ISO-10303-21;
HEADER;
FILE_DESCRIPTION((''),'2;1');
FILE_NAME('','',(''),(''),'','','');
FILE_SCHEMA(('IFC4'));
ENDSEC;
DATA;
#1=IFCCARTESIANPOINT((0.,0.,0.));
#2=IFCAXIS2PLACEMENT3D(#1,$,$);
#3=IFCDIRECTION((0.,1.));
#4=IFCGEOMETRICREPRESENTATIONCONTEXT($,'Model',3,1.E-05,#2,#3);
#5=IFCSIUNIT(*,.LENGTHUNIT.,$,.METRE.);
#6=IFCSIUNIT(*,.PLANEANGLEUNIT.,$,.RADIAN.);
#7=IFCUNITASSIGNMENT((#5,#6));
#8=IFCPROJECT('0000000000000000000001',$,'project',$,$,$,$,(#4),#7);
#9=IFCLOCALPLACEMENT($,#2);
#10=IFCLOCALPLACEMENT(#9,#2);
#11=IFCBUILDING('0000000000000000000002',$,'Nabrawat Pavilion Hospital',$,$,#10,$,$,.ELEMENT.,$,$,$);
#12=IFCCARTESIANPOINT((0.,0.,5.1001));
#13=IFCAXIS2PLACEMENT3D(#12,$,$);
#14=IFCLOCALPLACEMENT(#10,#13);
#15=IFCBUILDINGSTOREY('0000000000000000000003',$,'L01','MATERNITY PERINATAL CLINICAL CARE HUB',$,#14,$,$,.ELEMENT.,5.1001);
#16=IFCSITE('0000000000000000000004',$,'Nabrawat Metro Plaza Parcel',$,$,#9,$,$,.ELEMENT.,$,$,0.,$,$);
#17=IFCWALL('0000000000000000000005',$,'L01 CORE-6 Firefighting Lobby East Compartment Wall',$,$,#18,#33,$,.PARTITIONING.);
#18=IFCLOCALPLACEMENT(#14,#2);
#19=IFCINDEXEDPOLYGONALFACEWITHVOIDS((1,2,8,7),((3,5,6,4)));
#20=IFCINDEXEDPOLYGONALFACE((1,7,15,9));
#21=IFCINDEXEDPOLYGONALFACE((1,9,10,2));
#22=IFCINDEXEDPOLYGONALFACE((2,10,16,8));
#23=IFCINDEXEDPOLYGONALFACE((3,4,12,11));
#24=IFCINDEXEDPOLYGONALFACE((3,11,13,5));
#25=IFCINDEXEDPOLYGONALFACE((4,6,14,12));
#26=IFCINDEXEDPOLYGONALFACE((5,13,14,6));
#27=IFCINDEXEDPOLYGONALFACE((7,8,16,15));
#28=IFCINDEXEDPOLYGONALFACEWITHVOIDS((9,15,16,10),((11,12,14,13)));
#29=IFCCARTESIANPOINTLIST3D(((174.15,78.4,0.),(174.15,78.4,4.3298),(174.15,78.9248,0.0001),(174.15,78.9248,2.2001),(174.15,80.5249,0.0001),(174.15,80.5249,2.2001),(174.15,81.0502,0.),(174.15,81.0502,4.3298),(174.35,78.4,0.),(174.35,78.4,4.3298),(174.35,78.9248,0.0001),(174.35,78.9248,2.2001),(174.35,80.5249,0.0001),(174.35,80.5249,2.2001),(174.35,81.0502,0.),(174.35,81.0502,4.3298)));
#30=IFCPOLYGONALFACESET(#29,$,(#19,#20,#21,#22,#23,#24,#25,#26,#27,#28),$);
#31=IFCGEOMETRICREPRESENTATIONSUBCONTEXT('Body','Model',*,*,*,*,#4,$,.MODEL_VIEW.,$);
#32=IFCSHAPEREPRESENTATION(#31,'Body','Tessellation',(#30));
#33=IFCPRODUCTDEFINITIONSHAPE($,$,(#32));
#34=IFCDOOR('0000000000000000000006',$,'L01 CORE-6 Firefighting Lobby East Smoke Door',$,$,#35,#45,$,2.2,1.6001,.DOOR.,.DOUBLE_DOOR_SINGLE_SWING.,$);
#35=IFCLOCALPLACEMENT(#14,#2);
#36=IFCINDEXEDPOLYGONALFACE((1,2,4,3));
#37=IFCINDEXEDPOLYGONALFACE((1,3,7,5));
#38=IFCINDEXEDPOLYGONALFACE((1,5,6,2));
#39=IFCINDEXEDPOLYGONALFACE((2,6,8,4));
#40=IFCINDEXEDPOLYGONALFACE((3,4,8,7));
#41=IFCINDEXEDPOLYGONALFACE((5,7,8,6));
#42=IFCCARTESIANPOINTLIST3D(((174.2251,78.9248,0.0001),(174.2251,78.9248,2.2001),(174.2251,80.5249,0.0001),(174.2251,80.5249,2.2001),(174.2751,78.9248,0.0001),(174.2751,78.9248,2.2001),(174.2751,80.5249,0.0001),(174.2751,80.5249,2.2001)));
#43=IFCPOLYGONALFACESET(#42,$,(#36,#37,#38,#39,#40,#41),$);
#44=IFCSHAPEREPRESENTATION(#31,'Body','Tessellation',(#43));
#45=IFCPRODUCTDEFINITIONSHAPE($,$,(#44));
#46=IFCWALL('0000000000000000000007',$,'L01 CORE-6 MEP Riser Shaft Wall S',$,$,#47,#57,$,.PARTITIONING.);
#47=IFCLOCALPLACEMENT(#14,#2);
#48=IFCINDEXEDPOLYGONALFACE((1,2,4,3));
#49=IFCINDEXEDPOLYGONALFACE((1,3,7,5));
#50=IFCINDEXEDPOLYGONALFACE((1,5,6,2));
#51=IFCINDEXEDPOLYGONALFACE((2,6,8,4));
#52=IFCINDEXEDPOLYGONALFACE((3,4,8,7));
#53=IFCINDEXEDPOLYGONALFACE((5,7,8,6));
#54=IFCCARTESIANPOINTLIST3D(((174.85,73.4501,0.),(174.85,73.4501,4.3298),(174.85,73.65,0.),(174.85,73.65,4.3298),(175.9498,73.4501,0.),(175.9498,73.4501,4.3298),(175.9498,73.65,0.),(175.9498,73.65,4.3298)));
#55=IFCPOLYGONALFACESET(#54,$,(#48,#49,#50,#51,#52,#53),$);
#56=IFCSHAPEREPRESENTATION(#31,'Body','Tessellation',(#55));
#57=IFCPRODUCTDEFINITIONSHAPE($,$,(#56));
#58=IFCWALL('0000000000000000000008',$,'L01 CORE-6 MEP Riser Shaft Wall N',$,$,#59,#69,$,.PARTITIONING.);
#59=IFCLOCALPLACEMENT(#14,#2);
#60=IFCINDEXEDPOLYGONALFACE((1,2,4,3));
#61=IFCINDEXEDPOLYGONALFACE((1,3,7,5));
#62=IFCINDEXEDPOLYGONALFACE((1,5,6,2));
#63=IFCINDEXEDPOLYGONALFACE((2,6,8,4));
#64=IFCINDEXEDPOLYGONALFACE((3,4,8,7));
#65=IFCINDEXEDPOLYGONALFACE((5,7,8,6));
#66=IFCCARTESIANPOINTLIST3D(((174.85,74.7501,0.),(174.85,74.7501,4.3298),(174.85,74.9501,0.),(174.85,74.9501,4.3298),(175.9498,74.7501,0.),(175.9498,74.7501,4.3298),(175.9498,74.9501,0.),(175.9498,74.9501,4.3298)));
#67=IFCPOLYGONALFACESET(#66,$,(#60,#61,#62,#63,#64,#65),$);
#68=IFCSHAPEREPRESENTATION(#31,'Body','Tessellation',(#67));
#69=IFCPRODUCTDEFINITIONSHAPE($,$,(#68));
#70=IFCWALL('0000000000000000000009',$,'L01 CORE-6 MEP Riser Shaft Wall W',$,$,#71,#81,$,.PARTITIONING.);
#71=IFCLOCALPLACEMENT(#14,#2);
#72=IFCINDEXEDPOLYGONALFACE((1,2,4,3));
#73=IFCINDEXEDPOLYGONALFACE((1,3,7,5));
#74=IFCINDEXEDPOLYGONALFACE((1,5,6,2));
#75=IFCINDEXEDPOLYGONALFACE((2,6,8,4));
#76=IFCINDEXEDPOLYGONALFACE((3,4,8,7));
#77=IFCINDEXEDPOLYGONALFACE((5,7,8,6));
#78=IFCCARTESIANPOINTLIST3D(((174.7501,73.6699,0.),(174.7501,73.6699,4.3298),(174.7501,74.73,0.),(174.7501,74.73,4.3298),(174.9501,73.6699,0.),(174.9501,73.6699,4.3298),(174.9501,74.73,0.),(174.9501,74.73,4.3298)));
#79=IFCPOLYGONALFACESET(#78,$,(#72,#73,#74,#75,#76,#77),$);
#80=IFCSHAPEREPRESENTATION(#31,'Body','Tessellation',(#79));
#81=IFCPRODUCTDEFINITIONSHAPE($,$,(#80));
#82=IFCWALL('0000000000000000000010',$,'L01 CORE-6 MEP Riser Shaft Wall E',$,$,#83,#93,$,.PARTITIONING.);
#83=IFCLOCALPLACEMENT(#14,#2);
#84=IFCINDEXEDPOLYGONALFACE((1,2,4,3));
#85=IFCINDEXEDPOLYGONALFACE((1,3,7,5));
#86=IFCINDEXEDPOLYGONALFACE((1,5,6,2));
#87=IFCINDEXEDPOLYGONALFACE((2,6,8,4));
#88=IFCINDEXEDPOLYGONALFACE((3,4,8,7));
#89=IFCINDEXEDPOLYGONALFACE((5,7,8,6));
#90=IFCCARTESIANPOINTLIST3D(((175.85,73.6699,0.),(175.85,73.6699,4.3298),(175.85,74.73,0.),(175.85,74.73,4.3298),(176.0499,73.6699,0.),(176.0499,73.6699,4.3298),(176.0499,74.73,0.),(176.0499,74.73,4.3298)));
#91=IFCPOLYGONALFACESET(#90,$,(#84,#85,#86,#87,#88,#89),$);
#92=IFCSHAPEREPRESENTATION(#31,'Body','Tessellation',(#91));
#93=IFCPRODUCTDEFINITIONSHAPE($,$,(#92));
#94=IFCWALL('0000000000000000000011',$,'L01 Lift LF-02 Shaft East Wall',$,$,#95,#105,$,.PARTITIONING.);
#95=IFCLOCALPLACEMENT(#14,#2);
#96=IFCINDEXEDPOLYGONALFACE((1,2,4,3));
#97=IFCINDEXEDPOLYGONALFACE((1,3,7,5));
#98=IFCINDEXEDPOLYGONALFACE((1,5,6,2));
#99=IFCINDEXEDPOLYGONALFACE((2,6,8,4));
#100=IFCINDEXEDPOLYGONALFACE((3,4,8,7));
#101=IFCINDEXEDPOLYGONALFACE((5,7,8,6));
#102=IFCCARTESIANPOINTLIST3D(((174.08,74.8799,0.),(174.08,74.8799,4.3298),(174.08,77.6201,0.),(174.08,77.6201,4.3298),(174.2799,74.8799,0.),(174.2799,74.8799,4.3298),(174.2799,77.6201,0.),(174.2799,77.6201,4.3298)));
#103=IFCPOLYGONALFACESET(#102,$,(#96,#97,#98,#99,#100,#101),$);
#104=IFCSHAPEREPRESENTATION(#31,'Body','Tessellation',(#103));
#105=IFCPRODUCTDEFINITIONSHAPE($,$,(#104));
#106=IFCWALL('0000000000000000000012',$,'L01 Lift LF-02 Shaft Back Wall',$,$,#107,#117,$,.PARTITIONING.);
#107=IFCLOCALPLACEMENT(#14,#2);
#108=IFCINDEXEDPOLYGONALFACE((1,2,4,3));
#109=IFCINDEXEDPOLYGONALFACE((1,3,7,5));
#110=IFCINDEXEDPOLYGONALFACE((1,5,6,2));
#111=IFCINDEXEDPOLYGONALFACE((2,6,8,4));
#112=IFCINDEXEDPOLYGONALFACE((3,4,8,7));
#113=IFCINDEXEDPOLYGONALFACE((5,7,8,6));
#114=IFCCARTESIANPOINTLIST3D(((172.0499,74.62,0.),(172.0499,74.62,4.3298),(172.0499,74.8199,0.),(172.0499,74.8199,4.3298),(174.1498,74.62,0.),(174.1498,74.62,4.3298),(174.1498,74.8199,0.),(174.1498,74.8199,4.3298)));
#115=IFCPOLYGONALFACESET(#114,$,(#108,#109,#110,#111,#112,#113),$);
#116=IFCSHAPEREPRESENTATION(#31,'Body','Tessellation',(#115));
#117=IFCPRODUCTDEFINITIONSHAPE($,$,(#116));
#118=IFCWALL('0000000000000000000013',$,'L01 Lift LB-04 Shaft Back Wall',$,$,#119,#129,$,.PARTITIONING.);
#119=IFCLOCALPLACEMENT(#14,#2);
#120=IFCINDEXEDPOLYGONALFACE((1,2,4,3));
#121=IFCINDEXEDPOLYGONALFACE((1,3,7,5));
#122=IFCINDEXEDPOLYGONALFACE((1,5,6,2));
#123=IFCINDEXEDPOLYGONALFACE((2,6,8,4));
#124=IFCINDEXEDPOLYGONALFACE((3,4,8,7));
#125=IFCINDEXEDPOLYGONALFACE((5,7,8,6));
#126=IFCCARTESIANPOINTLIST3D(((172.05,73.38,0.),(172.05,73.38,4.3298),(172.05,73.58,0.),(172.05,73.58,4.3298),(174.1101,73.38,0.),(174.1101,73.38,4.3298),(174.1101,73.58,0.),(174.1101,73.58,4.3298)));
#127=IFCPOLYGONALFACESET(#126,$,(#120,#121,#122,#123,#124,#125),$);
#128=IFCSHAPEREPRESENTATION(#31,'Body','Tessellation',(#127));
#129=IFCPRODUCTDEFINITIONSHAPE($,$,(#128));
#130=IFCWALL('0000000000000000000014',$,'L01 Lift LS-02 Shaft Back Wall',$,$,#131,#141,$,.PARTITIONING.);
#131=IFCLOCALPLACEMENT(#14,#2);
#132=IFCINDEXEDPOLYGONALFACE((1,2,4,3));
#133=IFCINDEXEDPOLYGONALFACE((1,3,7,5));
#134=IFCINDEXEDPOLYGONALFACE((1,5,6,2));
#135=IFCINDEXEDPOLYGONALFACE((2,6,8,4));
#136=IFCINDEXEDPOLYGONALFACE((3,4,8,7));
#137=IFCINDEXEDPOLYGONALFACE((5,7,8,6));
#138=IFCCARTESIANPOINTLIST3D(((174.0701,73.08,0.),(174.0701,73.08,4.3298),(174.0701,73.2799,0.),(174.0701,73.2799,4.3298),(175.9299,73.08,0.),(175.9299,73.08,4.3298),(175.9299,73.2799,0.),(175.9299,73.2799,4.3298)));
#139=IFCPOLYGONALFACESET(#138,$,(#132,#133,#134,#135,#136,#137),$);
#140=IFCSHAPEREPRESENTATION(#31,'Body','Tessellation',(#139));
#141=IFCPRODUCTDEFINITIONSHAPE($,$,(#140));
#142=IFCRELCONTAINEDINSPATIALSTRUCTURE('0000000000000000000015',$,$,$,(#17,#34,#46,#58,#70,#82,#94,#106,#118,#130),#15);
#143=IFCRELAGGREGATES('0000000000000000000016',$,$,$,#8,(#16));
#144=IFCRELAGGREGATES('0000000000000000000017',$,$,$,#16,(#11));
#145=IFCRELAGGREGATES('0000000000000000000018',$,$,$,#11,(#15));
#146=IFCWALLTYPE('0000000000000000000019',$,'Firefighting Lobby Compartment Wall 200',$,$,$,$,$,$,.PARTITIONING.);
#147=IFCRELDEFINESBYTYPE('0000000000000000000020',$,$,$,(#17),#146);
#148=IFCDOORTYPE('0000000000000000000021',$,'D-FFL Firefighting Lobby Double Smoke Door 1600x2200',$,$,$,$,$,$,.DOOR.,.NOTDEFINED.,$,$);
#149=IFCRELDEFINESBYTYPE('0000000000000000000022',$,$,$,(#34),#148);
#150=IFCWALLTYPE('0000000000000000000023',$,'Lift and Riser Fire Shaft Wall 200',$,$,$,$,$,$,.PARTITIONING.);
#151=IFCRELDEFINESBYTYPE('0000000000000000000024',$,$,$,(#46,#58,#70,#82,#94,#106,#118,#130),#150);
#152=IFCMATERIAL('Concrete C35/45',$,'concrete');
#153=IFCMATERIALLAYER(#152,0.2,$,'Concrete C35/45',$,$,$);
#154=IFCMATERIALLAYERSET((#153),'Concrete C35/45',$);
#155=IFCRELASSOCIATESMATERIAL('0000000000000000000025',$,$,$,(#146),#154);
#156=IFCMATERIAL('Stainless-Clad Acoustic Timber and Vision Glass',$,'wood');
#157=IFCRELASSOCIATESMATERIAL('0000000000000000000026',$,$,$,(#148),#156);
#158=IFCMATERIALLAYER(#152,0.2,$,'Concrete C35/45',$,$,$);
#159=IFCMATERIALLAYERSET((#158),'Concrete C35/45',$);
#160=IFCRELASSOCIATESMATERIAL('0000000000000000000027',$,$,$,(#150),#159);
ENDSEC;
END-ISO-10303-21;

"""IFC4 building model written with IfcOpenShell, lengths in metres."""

from ifc_helpers import new_model, si_unit, direction, frame, frame_2d, origin, place, context, subcontext, project, spatial, rectangle, extrude, material, layer, layer_set, type_object, element, fill, save


model = new_model("IFC4")

# Units and contexts
model_context = context("Model", 3, precision=1e-05, world=origin(), true_north=direction((0.0, 1.0)))
body_context = subcontext(model_context, "Body", "Model", "MODEL_VIEW")
ifc_project = project(units=[si_unit("LENGTHUNIT", "METRE"), si_unit("PLANEANGLEUNIT", "RADIAN")], contexts=[model_context])

# Site, building, storey
site_placement = place(None, origin())
site = spatial("IfcSite", under=ifc_project, at=site_placement, Name="Nabrawat Metro Plaza Parcel", CompositionType="ELEMENT", RefElevation=0.0)
building_placement = place(site_placement, origin())
building = spatial("IfcBuilding", under=site, at=building_placement, Name="Nabrawat Pavilion Hospital", CompositionType="ELEMENT")
storey_placement = place(building_placement, frame((0.0, 0.0, 5.1001)))
storey = spatial("IfcBuildingStorey", under=building, at=storey_placement, Name="L01", Description="MATERNITY PERINATAL CLINICAL CARE HUB", CompositionType="ELEMENT", Elevation=5.1001)

# Shared definitions
ifc_material_1 = material(Name="Concrete C35/45", Category="concrete")
ifc_layer_1 = layer(ifc_material_1, 0.2, Name="Concrete C35/45")
ifc_layer_set_1 = layer_set([ifc_layer_1], Name="Concrete C35/45")
wall_type_1 = type_object("IfcWallType", Name="Firefighting Lobby Compartment Wall 200", PredefinedType="PARTITIONING", material=ifc_layer_set_1)

# Wall, opening, door
wall_1_placement = place(storey_placement, frame((174.25, 78.3999, 0.0), z_axis=(0.0, 0.0, 1.0), x_axis=(0.0, 1.0, 0.0)))
wall_1 = element("IfcWall", 1, at=wall_1_placement, inside=storey, type_object=wall_type_1, Name="L01 CORE-6 Firefighting Lobby East Compartment Wall", PredefinedType="PARTITIONING", context=body_context, shape_type="SweptSolid", body=[
    extrude(rectangle(XDim=2.6501, YDim=0.2, at=frame_2d((1.3252, 0.0))), origin(), (0.0, 0.0, 1.0), 4.3298),
])
opening_1_placement = place(wall_1_placement, frame((0.5249, 0.0, 0.0)))
opening_1 = element("IfcOpeningElement", 2, at=opening_1_placement, cuts=wall_1, PredefinedType="OPENING", context=body_context, shape_type="SweptSolid", body=[
    extrude(rectangle(XDim=1.6001, YDim=2.2, at=frame_2d((0.8, 1.1001))), frame((0.0, 0.1099, 0.0), z_axis=(0.0, -1.0, 0.0), x_axis=(1.0, 0.0, 0.0)), (0.0, 0.0, 1.0), 0.22),
])
ifc_material_2 = material(Name="Stainless-Clad Acoustic Timber and Vision Glass", Category="wood")
door_type_1 = type_object("IfcDoorType", Name="D-FFL Firefighting Lobby Double Smoke Door 1600x2200", OperationType="NOTDEFINED", PredefinedType="DOOR", material=ifc_material_2)
door_1_placement = place(opening_1_placement, origin())
door_1 = element("IfcDoor", 3, at=door_1_placement, inside=storey, type_object=door_type_1, Name="L01 CORE-6 Firefighting Lobby East Smoke Door", OperationType="DOUBLE_DOOR_SINGLE_SWING", OverallHeight=2.2, OverallWidth=1.6001, PredefinedType="DOOR", context=body_context, shape_type="SweptSolid", body=[
    extrude(rectangle(XDim=1.6001, YDim=2.2, at=frame_2d((0.8, 1.1001))), frame((0.0, 0.0249, 0.0), z_axis=(0.0, -1.0, 0.0), x_axis=(1.0, 0.0, 0.0)), (0.0, 0.0, 1.0), 0.05),
])
fill(opening_1, door_1)

# Walls
ifc_layer_2 = layer(ifc_material_1, 0.2, Name="Concrete C35/45")
ifc_layer_set_2 = layer_set([ifc_layer_2], Name="Concrete C35/45")
wall_type_2 = type_object("IfcWallType", Name="Lift and Riser Fire Shaft Wall 200", PredefinedType="PARTITIONING", material=ifc_layer_set_2)
for number, where, z_axis, x_axis, name in (
    (4, (174.8501, 73.55, 0.0), (0.0, 0.0, 1.0), (1.0, 0.0, 0.0), "L01 CORE-6 MEP Riser Shaft Wall S"),
    (5, (174.8501, 74.8501, 0.0), (0.0, 0.0, 1.0), (1.0, 0.0, 0.0), "L01 CORE-6 MEP Riser Shaft Wall N"),
):
    element("IfcWall", number, at=place(storey_placement, frame(where, z_axis=z_axis, x_axis=x_axis)), inside=storey, type_object=wall_type_2, Name=name, PredefinedType="PARTITIONING", context=body_context, shape_type="SweptSolid", body=[
        extrude(rectangle(XDim=1.0999, YDim=0.2, at=frame_2d((0.5498, 0.0))), origin(), (0.0, 0.0, 1.0), 4.3298),
    ])
for number, where, z_axis, x_axis, name in (
    (6, (174.8501, 73.6699, 0.0), (0.0, 0.0, 1.0), (0.0, 1.0, 0.0), "L01 CORE-6 MEP Riser Shaft Wall W"),
    (7, (175.95, 73.6699, 0.0), (0.0, 0.0, 1.0), (0.0, 1.0, 0.0), "L01 CORE-6 MEP Riser Shaft Wall E"),
):
    element("IfcWall", number, at=place(storey_placement, frame(where, z_axis=z_axis, x_axis=x_axis)), inside=storey, type_object=wall_type_2, Name=name, PredefinedType="PARTITIONING", context=body_context, shape_type="SweptSolid", body=[
        extrude(rectangle(XDim=1.0601, YDim=0.2, at=frame_2d((0.53, 0.0))), origin(), (0.0, 0.0, 1.0), 4.3298),
    ])
wall_2_placement = place(storey_placement, frame((174.1799, 74.8799, 0.0), z_axis=(0.0, 0.0, 1.0), x_axis=(0.0, 1.0, 0.0)))
element("IfcWall", 8, at=wall_2_placement, inside=storey, type_object=wall_type_2, Name="L01 Lift LF-02 Shaft East Wall", PredefinedType="PARTITIONING", context=body_context, shape_type="SweptSolid", body=[
    extrude(rectangle(XDim=2.7402, YDim=0.2, at=frame_2d((1.3701, 0.0))), origin(), (0.0, 0.0, 1.0), 4.3298),
])
wall_3_placement = place(storey_placement, frame((172.05, 74.72, 0.0), z_axis=(0.0, 0.0, 1.0), x_axis=(1.0, 0.0, 0.0)))
element("IfcWall", 9, at=wall_3_placement, inside=storey, type_object=wall_type_2, Name="L01 Lift LF-02 Shaft Back Wall", PredefinedType="PARTITIONING", context=body_context, shape_type="SweptSolid", body=[
    extrude(rectangle(XDim=2.0999, YDim=0.2, at=frame_2d((1.0498, 0.0))), origin(), (0.0, 0.0, 1.0), 4.3298),
])
wall_4_placement = place(storey_placement, frame((172.05, 73.48, 0.0), z_axis=(0.0, 0.0, 1.0), x_axis=(1.0, 0.0, 0.0)))
element("IfcWall", 10, at=wall_4_placement, inside=storey, type_object=wall_type_2, Name="L01 Lift LB-04 Shaft Back Wall", PredefinedType="PARTITIONING", context=body_context, shape_type="SweptSolid", body=[
    extrude(rectangle(XDim=2.0601, YDim=0.2, at=frame_2d((1.03, 0.0))), origin(), (0.0, 0.0, 1.0), 4.3298),
])
wall_5_placement = place(storey_placement, frame((174.0701, 73.1799, 0.0), z_axis=(0.0, 0.0, 1.0), x_axis=(1.0, 0.0, 0.0)))
element("IfcWall", 11, at=wall_5_placement, inside=storey, type_object=wall_type_2, Name="L01 Lift LS-02 Shaft Back Wall", PredefinedType="PARTITIONING", context=body_context, shape_type="SweptSolid", body=[
    extrude(rectangle(XDim=1.8599, YDim=0.2, at=frame_2d((0.9299, 0.0))), origin(), (0.0, 0.0, 1.0), 4.3298),
])

save(model, "model.ifc")
